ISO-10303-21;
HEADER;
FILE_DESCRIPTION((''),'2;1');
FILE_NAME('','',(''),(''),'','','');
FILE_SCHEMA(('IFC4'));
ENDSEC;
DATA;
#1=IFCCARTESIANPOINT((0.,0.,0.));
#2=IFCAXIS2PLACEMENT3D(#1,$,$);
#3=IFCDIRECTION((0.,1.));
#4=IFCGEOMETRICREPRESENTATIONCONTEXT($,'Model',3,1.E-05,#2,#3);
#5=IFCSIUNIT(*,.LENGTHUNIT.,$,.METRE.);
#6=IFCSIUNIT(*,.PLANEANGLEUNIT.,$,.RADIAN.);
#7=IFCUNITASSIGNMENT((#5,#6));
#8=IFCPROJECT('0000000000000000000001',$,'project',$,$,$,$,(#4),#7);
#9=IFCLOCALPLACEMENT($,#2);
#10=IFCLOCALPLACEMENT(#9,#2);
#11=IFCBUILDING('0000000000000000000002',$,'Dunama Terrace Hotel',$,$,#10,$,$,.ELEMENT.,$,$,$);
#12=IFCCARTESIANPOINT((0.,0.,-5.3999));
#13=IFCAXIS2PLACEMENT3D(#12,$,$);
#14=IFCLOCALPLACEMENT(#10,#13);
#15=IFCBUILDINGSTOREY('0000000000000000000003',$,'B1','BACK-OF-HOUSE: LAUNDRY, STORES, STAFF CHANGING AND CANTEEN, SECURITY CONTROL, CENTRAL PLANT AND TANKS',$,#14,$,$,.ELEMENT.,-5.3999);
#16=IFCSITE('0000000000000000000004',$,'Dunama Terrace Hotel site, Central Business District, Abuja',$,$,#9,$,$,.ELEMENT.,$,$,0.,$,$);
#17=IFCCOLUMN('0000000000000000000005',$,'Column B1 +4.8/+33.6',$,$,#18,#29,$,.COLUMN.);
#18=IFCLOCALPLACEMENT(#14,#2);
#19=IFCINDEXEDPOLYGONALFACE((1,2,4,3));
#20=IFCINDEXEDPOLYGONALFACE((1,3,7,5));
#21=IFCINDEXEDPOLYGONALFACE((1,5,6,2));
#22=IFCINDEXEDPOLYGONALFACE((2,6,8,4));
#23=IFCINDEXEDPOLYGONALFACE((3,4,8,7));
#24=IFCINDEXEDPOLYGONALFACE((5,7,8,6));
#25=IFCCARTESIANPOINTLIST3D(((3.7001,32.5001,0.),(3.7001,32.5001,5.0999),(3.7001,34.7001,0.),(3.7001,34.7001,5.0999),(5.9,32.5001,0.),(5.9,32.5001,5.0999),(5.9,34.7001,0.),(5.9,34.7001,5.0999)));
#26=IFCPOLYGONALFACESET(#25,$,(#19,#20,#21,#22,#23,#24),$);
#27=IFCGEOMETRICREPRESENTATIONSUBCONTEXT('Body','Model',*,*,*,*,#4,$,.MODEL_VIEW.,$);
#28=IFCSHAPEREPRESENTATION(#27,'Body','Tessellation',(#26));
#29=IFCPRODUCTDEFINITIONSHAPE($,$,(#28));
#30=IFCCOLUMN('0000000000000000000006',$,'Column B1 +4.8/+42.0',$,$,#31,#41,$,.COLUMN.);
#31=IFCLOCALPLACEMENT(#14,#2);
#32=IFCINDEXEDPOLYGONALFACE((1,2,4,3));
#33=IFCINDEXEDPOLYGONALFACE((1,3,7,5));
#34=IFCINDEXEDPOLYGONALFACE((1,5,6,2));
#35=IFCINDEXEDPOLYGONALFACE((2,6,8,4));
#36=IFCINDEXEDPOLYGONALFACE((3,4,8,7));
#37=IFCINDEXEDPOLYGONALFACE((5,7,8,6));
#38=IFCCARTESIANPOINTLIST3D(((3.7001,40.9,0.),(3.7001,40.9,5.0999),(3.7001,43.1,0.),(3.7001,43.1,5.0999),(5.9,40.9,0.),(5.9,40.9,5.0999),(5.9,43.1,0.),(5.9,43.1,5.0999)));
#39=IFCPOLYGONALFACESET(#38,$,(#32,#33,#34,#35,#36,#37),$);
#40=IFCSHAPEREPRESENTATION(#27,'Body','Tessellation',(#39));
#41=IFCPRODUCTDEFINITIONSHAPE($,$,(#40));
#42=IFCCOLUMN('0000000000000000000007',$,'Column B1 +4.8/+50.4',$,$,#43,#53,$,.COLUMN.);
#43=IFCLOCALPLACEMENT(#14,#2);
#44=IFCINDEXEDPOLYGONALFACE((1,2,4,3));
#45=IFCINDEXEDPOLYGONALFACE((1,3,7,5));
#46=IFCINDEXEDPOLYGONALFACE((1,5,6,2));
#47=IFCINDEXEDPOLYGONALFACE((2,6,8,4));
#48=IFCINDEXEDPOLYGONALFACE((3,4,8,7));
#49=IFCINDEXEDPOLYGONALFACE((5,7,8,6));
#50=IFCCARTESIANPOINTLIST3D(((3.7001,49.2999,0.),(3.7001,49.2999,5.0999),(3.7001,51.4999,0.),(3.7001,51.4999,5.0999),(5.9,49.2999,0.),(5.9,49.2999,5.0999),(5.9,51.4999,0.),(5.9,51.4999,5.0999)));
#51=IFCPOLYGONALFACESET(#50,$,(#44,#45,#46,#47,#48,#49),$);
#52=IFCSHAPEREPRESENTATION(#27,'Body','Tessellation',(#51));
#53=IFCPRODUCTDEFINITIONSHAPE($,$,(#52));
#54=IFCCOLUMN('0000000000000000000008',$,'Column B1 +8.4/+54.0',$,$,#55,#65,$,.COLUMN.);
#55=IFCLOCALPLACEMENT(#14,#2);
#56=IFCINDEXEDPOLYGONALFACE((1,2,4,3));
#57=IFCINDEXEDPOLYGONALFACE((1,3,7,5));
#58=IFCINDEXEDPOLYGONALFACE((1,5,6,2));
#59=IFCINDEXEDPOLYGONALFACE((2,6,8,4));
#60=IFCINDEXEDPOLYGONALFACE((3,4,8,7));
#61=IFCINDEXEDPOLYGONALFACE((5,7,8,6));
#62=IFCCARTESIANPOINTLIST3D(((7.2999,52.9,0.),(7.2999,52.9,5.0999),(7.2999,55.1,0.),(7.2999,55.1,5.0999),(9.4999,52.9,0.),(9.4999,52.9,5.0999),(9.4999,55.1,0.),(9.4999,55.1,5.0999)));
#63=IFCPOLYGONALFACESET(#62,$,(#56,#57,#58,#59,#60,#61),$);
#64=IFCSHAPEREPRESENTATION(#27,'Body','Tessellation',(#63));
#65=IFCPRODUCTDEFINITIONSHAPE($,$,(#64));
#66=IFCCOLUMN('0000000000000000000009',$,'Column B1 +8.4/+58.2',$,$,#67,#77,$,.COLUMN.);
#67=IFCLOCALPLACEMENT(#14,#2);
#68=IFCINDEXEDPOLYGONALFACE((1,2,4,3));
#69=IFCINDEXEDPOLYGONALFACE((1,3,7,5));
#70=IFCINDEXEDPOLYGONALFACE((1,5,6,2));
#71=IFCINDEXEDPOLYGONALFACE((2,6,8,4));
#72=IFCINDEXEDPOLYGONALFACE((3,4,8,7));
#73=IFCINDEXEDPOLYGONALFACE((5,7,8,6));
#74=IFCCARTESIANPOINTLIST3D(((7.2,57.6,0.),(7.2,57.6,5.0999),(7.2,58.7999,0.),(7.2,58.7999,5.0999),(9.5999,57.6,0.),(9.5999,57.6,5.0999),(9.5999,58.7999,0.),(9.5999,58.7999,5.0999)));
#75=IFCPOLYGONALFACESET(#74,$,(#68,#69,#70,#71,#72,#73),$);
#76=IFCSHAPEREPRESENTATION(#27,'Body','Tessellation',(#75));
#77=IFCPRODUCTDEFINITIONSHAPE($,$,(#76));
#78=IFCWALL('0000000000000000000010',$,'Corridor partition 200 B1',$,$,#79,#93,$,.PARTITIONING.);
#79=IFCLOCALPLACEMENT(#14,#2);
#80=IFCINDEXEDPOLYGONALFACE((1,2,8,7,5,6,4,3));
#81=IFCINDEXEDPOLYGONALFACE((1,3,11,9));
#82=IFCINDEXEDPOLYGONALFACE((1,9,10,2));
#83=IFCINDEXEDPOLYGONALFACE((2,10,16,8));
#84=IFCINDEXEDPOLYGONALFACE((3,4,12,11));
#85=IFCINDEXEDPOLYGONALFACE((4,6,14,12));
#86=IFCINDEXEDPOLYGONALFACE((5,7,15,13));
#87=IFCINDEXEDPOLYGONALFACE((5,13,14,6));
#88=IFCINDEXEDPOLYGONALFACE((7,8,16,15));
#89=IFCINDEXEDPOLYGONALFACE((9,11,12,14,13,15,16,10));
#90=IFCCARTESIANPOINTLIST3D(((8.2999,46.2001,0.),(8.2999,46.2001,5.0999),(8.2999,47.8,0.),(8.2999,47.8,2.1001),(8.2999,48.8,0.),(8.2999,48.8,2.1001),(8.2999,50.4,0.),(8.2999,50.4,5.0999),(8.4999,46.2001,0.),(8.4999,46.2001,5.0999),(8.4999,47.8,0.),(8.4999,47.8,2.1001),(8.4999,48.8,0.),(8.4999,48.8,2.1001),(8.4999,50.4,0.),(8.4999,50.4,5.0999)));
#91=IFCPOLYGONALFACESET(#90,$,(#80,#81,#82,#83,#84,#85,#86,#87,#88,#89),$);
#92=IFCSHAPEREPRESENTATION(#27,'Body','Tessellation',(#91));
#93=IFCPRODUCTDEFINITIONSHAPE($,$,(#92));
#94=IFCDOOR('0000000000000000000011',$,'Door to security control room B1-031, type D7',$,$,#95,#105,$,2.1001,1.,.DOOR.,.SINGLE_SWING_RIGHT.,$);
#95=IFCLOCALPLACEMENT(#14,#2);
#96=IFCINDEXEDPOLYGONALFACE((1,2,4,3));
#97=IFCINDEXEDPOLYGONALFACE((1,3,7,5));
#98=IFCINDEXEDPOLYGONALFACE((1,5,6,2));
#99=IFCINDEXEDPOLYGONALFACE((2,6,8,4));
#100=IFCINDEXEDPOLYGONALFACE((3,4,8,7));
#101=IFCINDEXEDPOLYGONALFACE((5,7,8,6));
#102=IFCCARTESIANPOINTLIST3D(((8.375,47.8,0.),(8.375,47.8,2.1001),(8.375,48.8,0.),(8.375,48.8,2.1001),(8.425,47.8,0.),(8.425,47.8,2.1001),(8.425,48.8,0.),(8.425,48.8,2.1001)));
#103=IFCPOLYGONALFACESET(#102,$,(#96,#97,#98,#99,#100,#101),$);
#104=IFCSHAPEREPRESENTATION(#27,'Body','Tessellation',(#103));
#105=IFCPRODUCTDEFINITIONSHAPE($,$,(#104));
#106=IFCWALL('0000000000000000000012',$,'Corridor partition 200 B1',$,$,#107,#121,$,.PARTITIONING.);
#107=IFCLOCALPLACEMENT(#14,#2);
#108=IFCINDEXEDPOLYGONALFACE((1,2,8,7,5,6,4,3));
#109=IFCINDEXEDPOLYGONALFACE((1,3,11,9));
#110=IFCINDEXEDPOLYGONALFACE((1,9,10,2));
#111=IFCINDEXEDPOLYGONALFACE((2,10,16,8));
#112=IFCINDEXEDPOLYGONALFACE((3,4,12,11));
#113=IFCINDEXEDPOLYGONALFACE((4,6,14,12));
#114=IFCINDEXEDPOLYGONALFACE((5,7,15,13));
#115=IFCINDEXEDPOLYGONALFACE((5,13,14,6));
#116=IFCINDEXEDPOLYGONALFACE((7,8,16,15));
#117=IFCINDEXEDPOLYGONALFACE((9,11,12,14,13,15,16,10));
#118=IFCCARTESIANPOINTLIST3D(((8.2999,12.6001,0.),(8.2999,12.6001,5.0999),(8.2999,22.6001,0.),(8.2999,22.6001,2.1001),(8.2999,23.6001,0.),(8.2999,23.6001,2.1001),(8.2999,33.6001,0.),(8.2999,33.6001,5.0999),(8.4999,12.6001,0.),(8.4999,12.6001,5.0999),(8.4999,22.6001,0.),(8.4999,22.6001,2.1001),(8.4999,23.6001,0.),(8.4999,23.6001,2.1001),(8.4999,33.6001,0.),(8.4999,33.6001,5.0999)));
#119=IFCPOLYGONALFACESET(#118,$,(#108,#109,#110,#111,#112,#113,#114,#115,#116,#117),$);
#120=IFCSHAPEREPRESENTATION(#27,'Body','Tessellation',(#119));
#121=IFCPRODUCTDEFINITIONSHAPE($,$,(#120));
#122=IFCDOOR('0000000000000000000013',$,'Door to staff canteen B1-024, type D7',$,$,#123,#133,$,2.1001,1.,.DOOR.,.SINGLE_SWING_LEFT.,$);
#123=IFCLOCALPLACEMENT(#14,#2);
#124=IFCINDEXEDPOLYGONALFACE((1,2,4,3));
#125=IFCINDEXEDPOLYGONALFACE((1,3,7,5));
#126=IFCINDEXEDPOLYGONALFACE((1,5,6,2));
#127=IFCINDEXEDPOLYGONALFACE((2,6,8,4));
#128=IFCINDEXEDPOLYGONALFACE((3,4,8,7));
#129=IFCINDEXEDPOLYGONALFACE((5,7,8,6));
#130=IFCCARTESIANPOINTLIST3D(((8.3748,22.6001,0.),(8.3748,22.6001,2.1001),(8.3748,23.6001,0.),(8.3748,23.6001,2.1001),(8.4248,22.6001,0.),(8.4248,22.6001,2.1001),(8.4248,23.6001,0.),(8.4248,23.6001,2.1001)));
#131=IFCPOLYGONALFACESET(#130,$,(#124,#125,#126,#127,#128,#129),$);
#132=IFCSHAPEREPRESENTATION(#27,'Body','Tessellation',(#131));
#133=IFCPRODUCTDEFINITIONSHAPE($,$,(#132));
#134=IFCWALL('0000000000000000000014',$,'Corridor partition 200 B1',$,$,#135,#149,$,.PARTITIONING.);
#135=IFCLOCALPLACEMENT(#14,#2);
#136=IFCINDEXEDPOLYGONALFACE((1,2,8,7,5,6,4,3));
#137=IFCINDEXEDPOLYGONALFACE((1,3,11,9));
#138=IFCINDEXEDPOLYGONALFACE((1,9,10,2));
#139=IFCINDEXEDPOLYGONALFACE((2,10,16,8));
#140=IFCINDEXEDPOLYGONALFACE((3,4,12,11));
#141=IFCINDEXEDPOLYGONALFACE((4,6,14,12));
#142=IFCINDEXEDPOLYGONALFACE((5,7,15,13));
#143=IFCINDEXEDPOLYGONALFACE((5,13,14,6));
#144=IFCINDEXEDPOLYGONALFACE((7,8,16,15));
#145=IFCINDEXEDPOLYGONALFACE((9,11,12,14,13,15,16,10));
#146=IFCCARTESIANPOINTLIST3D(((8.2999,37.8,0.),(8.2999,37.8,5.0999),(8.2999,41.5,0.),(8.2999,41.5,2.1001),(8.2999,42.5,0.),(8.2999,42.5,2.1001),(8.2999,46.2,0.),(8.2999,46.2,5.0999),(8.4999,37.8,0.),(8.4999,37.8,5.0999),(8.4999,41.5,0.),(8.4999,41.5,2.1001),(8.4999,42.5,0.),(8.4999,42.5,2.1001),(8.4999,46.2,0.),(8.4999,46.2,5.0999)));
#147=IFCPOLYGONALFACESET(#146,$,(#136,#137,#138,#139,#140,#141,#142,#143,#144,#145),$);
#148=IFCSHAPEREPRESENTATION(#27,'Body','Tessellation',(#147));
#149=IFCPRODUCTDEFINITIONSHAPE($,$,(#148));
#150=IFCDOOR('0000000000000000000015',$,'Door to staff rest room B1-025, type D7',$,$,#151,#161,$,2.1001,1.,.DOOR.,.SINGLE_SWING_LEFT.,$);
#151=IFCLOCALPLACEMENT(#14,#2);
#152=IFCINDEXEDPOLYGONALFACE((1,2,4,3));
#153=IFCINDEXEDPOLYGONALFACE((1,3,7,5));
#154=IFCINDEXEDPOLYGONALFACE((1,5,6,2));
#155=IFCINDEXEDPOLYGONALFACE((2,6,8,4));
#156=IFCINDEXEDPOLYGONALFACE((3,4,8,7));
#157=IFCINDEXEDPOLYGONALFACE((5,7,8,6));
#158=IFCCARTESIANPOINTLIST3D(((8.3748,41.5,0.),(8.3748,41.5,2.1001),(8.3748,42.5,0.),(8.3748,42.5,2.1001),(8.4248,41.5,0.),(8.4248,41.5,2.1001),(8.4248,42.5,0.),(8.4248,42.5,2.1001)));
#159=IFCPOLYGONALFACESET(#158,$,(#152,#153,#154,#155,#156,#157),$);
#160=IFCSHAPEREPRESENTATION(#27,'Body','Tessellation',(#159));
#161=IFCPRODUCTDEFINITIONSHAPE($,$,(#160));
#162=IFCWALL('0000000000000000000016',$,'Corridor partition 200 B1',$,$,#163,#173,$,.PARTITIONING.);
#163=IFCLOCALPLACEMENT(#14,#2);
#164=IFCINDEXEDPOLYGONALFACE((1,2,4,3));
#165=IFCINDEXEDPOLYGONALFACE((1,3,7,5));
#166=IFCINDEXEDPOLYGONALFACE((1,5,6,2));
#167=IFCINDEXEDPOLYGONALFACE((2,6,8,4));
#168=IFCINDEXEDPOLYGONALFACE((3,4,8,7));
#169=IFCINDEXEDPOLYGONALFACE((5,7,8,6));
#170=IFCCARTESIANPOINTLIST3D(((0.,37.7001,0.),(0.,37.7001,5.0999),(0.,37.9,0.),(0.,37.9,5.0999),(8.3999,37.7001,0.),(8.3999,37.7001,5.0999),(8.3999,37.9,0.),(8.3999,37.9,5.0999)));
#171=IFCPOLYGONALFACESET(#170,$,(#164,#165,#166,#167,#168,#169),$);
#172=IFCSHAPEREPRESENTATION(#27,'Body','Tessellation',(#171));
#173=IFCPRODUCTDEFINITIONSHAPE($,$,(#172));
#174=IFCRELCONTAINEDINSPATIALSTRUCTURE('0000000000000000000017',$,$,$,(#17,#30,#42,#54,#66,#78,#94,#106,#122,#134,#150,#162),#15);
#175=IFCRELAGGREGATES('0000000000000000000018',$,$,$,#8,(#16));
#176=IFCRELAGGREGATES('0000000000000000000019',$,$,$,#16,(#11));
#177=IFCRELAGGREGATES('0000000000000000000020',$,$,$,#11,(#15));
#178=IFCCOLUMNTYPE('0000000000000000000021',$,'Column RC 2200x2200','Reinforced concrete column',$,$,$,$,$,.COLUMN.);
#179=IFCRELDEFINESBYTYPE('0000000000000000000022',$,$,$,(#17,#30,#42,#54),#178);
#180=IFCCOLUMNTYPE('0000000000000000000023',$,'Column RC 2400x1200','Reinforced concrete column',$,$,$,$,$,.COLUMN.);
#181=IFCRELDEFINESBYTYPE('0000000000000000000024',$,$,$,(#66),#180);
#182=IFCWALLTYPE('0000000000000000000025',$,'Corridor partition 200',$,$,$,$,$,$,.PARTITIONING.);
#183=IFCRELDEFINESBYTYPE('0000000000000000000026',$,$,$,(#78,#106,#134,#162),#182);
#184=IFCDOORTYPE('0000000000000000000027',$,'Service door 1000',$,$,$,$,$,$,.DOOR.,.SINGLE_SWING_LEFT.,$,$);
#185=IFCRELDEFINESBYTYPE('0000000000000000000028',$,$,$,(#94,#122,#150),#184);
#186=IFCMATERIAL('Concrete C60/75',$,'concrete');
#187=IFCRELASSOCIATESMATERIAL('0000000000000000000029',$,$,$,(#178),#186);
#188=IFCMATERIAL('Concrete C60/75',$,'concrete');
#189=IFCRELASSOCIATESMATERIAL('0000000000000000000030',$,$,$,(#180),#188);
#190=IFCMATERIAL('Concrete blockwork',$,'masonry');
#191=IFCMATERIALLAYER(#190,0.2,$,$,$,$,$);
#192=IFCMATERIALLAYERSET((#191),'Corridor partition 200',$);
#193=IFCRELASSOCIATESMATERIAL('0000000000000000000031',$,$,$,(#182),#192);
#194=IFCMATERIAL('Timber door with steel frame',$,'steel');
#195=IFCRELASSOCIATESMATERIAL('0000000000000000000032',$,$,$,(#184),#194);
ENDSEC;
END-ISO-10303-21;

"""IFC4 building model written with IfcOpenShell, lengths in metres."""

from ifc_helpers import new_model, si_unit, direction, frame, frame_2d, origin, origin_2d, place, context, subcontext, project, spatial, rectangle, extrude, material, layer, layer_set, material_profile, profile_set, type_object, element, fill, save


model = new_model("IFC4")

# Units and contexts
model_context = context("Model", 3, precision=1e-05, world=origin(), true_north=direction((0.0, 1.0)))
body_context = subcontext(model_context, "Body", "Model", "MODEL_VIEW")
ifc_project = project(units=[si_unit("LENGTHUNIT", "METRE"), si_unit("PLANEANGLEUNIT", "RADIAN")], contexts=[model_context])

# Site, building, storey
site_placement = place(None, origin())
site = spatial("IfcSite", under=ifc_project, at=site_placement, Name="Dunama Terrace Hotel site, Central Business District, Abuja", CompositionType="ELEMENT", RefElevation=0.0)
building_placement = place(site_placement, origin())
building = spatial("IfcBuilding", under=site, at=building_placement, Name="Dunama Terrace Hotel", CompositionType="ELEMENT")
storey_placement = place(building_placement, frame((0.0, 0.0, -5.3999)))
storey = spatial("IfcBuildingStorey", under=building, at=storey_placement, Name="B1", Description="BACK-OF-HOUSE: LAUNDRY, STORES, STAFF CHANGING AND CANTEEN, SECURITY CONTROL, CENTRAL PLANT AND TANKS", CompositionType="ELEMENT", Elevation=-5.3999)

# Columns
ifc_material_1 = material(Name="Concrete C60/75", Category="concrete")
ifc_material_profile_1 = material_profile(ifc_material_1, rectangle(XDim=2.2, YDim=2.2, at=origin_2d()), Name="RC 2200x2200")
ifc_profile_set_1 = profile_set([ifc_material_profile_1], Name="Concrete C60/75")
column_type_1 = type_object("IfcColumnType", Name="Column RC 2200x2200", Description="Reinforced concrete column", PredefinedType="COLUMN", material=ifc_profile_set_1)
for number, where, z_axis, x_axis, name in (
    (1, (4.8, 33.6001, 0.0), (0.0, 0.0, 1.0), (1.0, 0.0, 0.0), "Column B1 +4.8/+33.6"),
    (2, (4.8, 42.0, 0.0), (0.0, 0.0, 1.0), (1.0, 0.0, 0.0), "Column B1 +4.8/+42.0"),
    (3, (4.8, 50.3999, 0.0), (0.0, 0.0, 1.0), (1.0, 0.0, 0.0), "Column B1 +4.8/+50.4"),
    (4, (8.3999, 54.0, 0.0), (0.0, 0.0, 1.0), (1.0, 0.0, 0.0), "Column B1 +8.4/+54.0"),
):
    element("IfcColumn", number, at=place(storey_placement, frame(where, z_axis=z_axis, x_axis=x_axis)), inside=storey, type_object=column_type_1, Name=name, PredefinedType="COLUMN", context=body_context, shape_type="SweptSolid", body=[
        extrude(rectangle(XDim=2.2, YDim=2.2, at=origin_2d()), origin(), (0.0, 0.0, 1.0), 5.0999),
    ])
ifc_material_2 = material(Name="Concrete C60/75", Category="concrete")
ifc_material_profile_2 = material_profile(ifc_material_2, rectangle(XDim=2.3999, YDim=1.2, at=origin_2d()), Name="RC 2400x1200")
ifc_profile_set_2 = profile_set([ifc_material_profile_2], Name="Concrete C60/75")
column_type_2 = type_object("IfcColumnType", Name="Column RC 2400x1200", Description="Reinforced concrete column", PredefinedType="COLUMN", material=ifc_profile_set_2)
column_placement = place(storey_placement, frame((8.3999, 58.2, 0.0), z_axis=(0.0, 0.0, 1.0), x_axis=(1.0, 0.0, 0.0)))
element("IfcColumn", 5, at=column_placement, inside=storey, type_object=column_type_2, Name="Column B1 +8.4/+58.2", PredefinedType="COLUMN", context=body_context, shape_type="SweptSolid", body=[
    extrude(rectangle(XDim=2.3999, YDim=1.2, at=origin_2d()), origin(), (0.0, 0.0, 1.0), 5.0999),
])

# Walls, openings, doors
ifc_material_3 = material(Name="Concrete blockwork", Category="masonry")
ifc_layer = layer(ifc_material_3, 0.2)
ifc_layer_set = layer_set([ifc_layer], Name="Corridor partition 200")
wall_type = type_object("IfcWallType", Name="Corridor partition 200", PredefinedType="PARTITIONING", material=ifc_layer_set)
wall_1_placement = place(storey_placement, frame((8.3999, 46.2, 0.0), z_axis=(0.0, 0.0, 1.0), x_axis=(0.0, 1.0, 0.0)))
wall_1 = element("IfcWall", 6, at=wall_1_placement, inside=storey, type_object=wall_type, Name="Corridor partition 200 B1", PredefinedType="PARTITIONING", context=body_context, shape_type="SweptSolid", body=[
    extrude(rectangle(XDim=4.2, YDim=0.2, at=frame_2d((2.1001, 0.0))), origin(), (0.0, 0.0, 1.0), 5.0999),
])
opening_1_placement = place(wall_1_placement, frame((1.6001, 0.0, 0.0)))
opening_1 = element("IfcOpeningElement", 7, at=opening_1_placement, cuts=wall_1, PredefinedType="OPENING", context=body_context, shape_type="SweptSolid", body=[
    extrude(rectangle(XDim=1.0, YDim=2.1001, at=frame_2d((0.5, 1.05))), frame((0.0, 0.1099, 0.0), z_axis=(0.0, -1.0, 0.0), x_axis=(1.0, 0.0, 0.0)), (0.0, 0.0, 1.0), 0.22),
])
ifc_material_4 = material(Name="Timber door with steel frame", Category="steel")
door_type = type_object("IfcDoorType", Name="Service door 1000", OperationType="SINGLE_SWING_LEFT", PredefinedType="DOOR", material=ifc_material_4)
door_1_placement = place(opening_1_placement, origin())
door_1 = element("IfcDoor", 8, at=door_1_placement, inside=storey, type_object=door_type, Name="Door to security control room B1-031, type D7", OperationType="SINGLE_SWING_RIGHT", OverallHeight=2.1001, OverallWidth=1.0, PredefinedType="DOOR", context=body_context, shape_type="SweptSolid", body=[
    extrude(rectangle(XDim=1.0, YDim=2.1001, at=frame_2d((0.5, 1.05))), frame((0.0, 0.0249, 0.0), z_axis=(0.0, -1.0, 0.0), x_axis=(1.0, 0.0, 0.0)), (0.0, 0.0, 1.0), 0.05),
])
fill(opening_1, door_1)
wall_2_placement = place(storey_placement, frame((8.3999, 33.6001, 0.0), z_axis=(0.0, 0.0, 1.0), x_axis=(0.0, -1.0, 0.0)))
wall_2 = element("IfcWall", 9, at=wall_2_placement, inside=storey, type_object=wall_type, Name="Corridor partition 200 B1", PredefinedType="PARTITIONING", context=body_context, shape_type="SweptSolid", body=[
    extrude(rectangle(XDim=21.0, YDim=0.2, at=frame_2d((10.5, 0.0))), origin(), (0.0, 0.0, 1.0), 5.0999),
])
opening_2_placement = place(wall_2_placement, frame((10.0, 0.0, 0.0)))
opening_2 = element("IfcOpeningElement", 10, at=opening_2_placement, cuts=wall_2, PredefinedType="OPENING", context=body_context, shape_type="SweptSolid", body=[
    extrude(rectangle(XDim=1.0, YDim=2.1001, at=frame_2d((0.5, 1.05))), frame((0.0, 0.1099, 0.0), z_axis=(0.0, -1.0, 0.0), x_axis=(1.0, 0.0, 0.0)), (0.0, 0.0, 1.0), 0.22),
])
door_2_placement = place(opening_2_placement, origin())
door_2 = element("IfcDoor", 11, at=door_2_placement, inside=storey, type_object=door_type, Name="Door to staff canteen B1-024, type D7", OperationType="SINGLE_SWING_LEFT", OverallHeight=2.1001, OverallWidth=1.0, PredefinedType="DOOR", context=body_context, shape_type="SweptSolid", body=[
    extrude(rectangle(XDim=1.0, YDim=2.1001, at=frame_2d((0.5, 1.05))), frame((0.0, 0.0249, 0.0), z_axis=(0.0, -1.0, 0.0), x_axis=(1.0, 0.0, 0.0)), (0.0, 0.0, 1.0), 0.05),
])
fill(opening_2, door_2)
wall_3_placement = place(storey_placement, frame((8.3999, 46.2, 0.0), z_axis=(0.0, 0.0, 1.0), x_axis=(0.0, -1.0, 0.0)))
wall_3 = element("IfcWall", 12, at=wall_3_placement, inside=storey, type_object=wall_type, Name="Corridor partition 200 B1", PredefinedType="PARTITIONING", context=body_context, shape_type="SweptSolid", body=[
    extrude(rectangle(XDim=8.3999, YDim=0.2, at=frame_2d((4.2, 0.0))), origin(), (0.0, 0.0, 1.0), 5.0999),
])
opening_3_placement = place(wall_3_placement, frame((3.7, 0.0, 0.0)))
opening_3 = element("IfcOpeningElement", 13, at=opening_3_placement, cuts=wall_3, PredefinedType="OPENING", context=body_context, shape_type="SweptSolid", body=[
    extrude(rectangle(XDim=1.0, YDim=2.1001, at=frame_2d((0.5, 1.05))), frame((0.0, 0.1099, 0.0), z_axis=(0.0, -1.0, 0.0), x_axis=(1.0, 0.0, 0.0)), (0.0, 0.0, 1.0), 0.22),
])
door_3_placement = place(opening_3_placement, origin())
door_3 = element("IfcDoor", 14, at=door_3_placement, inside=storey, type_object=door_type, Name="Door to staff rest room B1-025, type D7", OperationType="SINGLE_SWING_LEFT", OverallHeight=2.1001, OverallWidth=1.0, PredefinedType="DOOR", context=body_context, shape_type="SweptSolid", body=[
    extrude(rectangle(XDim=1.0, YDim=2.1001, at=frame_2d((0.5, 1.05))), frame((0.0, 0.0249, 0.0), z_axis=(0.0, -1.0, 0.0), x_axis=(1.0, 0.0, 0.0)), (0.0, 0.0, 1.0), 0.05),
])
fill(opening_3, door_3)

# Wall
wall_4_placement = place(storey_placement, frame((8.3999, 37.8, 0.0), z_axis=(0.0, 0.0, 1.0), x_axis=(-1.0, 0.0, 0.0)))
element("IfcWall", 15, at=wall_4_placement, inside=storey, type_object=wall_type, Name="Corridor partition 200 B1", PredefinedType="PARTITIONING", context=body_context, shape_type="SweptSolid", body=[
    extrude(rectangle(XDim=8.3999, YDim=0.2, at=frame_2d((4.2, 0.0))), origin(), (0.0, 0.0, 1.0), 5.0999),
])

save(model, "model.ifc")
